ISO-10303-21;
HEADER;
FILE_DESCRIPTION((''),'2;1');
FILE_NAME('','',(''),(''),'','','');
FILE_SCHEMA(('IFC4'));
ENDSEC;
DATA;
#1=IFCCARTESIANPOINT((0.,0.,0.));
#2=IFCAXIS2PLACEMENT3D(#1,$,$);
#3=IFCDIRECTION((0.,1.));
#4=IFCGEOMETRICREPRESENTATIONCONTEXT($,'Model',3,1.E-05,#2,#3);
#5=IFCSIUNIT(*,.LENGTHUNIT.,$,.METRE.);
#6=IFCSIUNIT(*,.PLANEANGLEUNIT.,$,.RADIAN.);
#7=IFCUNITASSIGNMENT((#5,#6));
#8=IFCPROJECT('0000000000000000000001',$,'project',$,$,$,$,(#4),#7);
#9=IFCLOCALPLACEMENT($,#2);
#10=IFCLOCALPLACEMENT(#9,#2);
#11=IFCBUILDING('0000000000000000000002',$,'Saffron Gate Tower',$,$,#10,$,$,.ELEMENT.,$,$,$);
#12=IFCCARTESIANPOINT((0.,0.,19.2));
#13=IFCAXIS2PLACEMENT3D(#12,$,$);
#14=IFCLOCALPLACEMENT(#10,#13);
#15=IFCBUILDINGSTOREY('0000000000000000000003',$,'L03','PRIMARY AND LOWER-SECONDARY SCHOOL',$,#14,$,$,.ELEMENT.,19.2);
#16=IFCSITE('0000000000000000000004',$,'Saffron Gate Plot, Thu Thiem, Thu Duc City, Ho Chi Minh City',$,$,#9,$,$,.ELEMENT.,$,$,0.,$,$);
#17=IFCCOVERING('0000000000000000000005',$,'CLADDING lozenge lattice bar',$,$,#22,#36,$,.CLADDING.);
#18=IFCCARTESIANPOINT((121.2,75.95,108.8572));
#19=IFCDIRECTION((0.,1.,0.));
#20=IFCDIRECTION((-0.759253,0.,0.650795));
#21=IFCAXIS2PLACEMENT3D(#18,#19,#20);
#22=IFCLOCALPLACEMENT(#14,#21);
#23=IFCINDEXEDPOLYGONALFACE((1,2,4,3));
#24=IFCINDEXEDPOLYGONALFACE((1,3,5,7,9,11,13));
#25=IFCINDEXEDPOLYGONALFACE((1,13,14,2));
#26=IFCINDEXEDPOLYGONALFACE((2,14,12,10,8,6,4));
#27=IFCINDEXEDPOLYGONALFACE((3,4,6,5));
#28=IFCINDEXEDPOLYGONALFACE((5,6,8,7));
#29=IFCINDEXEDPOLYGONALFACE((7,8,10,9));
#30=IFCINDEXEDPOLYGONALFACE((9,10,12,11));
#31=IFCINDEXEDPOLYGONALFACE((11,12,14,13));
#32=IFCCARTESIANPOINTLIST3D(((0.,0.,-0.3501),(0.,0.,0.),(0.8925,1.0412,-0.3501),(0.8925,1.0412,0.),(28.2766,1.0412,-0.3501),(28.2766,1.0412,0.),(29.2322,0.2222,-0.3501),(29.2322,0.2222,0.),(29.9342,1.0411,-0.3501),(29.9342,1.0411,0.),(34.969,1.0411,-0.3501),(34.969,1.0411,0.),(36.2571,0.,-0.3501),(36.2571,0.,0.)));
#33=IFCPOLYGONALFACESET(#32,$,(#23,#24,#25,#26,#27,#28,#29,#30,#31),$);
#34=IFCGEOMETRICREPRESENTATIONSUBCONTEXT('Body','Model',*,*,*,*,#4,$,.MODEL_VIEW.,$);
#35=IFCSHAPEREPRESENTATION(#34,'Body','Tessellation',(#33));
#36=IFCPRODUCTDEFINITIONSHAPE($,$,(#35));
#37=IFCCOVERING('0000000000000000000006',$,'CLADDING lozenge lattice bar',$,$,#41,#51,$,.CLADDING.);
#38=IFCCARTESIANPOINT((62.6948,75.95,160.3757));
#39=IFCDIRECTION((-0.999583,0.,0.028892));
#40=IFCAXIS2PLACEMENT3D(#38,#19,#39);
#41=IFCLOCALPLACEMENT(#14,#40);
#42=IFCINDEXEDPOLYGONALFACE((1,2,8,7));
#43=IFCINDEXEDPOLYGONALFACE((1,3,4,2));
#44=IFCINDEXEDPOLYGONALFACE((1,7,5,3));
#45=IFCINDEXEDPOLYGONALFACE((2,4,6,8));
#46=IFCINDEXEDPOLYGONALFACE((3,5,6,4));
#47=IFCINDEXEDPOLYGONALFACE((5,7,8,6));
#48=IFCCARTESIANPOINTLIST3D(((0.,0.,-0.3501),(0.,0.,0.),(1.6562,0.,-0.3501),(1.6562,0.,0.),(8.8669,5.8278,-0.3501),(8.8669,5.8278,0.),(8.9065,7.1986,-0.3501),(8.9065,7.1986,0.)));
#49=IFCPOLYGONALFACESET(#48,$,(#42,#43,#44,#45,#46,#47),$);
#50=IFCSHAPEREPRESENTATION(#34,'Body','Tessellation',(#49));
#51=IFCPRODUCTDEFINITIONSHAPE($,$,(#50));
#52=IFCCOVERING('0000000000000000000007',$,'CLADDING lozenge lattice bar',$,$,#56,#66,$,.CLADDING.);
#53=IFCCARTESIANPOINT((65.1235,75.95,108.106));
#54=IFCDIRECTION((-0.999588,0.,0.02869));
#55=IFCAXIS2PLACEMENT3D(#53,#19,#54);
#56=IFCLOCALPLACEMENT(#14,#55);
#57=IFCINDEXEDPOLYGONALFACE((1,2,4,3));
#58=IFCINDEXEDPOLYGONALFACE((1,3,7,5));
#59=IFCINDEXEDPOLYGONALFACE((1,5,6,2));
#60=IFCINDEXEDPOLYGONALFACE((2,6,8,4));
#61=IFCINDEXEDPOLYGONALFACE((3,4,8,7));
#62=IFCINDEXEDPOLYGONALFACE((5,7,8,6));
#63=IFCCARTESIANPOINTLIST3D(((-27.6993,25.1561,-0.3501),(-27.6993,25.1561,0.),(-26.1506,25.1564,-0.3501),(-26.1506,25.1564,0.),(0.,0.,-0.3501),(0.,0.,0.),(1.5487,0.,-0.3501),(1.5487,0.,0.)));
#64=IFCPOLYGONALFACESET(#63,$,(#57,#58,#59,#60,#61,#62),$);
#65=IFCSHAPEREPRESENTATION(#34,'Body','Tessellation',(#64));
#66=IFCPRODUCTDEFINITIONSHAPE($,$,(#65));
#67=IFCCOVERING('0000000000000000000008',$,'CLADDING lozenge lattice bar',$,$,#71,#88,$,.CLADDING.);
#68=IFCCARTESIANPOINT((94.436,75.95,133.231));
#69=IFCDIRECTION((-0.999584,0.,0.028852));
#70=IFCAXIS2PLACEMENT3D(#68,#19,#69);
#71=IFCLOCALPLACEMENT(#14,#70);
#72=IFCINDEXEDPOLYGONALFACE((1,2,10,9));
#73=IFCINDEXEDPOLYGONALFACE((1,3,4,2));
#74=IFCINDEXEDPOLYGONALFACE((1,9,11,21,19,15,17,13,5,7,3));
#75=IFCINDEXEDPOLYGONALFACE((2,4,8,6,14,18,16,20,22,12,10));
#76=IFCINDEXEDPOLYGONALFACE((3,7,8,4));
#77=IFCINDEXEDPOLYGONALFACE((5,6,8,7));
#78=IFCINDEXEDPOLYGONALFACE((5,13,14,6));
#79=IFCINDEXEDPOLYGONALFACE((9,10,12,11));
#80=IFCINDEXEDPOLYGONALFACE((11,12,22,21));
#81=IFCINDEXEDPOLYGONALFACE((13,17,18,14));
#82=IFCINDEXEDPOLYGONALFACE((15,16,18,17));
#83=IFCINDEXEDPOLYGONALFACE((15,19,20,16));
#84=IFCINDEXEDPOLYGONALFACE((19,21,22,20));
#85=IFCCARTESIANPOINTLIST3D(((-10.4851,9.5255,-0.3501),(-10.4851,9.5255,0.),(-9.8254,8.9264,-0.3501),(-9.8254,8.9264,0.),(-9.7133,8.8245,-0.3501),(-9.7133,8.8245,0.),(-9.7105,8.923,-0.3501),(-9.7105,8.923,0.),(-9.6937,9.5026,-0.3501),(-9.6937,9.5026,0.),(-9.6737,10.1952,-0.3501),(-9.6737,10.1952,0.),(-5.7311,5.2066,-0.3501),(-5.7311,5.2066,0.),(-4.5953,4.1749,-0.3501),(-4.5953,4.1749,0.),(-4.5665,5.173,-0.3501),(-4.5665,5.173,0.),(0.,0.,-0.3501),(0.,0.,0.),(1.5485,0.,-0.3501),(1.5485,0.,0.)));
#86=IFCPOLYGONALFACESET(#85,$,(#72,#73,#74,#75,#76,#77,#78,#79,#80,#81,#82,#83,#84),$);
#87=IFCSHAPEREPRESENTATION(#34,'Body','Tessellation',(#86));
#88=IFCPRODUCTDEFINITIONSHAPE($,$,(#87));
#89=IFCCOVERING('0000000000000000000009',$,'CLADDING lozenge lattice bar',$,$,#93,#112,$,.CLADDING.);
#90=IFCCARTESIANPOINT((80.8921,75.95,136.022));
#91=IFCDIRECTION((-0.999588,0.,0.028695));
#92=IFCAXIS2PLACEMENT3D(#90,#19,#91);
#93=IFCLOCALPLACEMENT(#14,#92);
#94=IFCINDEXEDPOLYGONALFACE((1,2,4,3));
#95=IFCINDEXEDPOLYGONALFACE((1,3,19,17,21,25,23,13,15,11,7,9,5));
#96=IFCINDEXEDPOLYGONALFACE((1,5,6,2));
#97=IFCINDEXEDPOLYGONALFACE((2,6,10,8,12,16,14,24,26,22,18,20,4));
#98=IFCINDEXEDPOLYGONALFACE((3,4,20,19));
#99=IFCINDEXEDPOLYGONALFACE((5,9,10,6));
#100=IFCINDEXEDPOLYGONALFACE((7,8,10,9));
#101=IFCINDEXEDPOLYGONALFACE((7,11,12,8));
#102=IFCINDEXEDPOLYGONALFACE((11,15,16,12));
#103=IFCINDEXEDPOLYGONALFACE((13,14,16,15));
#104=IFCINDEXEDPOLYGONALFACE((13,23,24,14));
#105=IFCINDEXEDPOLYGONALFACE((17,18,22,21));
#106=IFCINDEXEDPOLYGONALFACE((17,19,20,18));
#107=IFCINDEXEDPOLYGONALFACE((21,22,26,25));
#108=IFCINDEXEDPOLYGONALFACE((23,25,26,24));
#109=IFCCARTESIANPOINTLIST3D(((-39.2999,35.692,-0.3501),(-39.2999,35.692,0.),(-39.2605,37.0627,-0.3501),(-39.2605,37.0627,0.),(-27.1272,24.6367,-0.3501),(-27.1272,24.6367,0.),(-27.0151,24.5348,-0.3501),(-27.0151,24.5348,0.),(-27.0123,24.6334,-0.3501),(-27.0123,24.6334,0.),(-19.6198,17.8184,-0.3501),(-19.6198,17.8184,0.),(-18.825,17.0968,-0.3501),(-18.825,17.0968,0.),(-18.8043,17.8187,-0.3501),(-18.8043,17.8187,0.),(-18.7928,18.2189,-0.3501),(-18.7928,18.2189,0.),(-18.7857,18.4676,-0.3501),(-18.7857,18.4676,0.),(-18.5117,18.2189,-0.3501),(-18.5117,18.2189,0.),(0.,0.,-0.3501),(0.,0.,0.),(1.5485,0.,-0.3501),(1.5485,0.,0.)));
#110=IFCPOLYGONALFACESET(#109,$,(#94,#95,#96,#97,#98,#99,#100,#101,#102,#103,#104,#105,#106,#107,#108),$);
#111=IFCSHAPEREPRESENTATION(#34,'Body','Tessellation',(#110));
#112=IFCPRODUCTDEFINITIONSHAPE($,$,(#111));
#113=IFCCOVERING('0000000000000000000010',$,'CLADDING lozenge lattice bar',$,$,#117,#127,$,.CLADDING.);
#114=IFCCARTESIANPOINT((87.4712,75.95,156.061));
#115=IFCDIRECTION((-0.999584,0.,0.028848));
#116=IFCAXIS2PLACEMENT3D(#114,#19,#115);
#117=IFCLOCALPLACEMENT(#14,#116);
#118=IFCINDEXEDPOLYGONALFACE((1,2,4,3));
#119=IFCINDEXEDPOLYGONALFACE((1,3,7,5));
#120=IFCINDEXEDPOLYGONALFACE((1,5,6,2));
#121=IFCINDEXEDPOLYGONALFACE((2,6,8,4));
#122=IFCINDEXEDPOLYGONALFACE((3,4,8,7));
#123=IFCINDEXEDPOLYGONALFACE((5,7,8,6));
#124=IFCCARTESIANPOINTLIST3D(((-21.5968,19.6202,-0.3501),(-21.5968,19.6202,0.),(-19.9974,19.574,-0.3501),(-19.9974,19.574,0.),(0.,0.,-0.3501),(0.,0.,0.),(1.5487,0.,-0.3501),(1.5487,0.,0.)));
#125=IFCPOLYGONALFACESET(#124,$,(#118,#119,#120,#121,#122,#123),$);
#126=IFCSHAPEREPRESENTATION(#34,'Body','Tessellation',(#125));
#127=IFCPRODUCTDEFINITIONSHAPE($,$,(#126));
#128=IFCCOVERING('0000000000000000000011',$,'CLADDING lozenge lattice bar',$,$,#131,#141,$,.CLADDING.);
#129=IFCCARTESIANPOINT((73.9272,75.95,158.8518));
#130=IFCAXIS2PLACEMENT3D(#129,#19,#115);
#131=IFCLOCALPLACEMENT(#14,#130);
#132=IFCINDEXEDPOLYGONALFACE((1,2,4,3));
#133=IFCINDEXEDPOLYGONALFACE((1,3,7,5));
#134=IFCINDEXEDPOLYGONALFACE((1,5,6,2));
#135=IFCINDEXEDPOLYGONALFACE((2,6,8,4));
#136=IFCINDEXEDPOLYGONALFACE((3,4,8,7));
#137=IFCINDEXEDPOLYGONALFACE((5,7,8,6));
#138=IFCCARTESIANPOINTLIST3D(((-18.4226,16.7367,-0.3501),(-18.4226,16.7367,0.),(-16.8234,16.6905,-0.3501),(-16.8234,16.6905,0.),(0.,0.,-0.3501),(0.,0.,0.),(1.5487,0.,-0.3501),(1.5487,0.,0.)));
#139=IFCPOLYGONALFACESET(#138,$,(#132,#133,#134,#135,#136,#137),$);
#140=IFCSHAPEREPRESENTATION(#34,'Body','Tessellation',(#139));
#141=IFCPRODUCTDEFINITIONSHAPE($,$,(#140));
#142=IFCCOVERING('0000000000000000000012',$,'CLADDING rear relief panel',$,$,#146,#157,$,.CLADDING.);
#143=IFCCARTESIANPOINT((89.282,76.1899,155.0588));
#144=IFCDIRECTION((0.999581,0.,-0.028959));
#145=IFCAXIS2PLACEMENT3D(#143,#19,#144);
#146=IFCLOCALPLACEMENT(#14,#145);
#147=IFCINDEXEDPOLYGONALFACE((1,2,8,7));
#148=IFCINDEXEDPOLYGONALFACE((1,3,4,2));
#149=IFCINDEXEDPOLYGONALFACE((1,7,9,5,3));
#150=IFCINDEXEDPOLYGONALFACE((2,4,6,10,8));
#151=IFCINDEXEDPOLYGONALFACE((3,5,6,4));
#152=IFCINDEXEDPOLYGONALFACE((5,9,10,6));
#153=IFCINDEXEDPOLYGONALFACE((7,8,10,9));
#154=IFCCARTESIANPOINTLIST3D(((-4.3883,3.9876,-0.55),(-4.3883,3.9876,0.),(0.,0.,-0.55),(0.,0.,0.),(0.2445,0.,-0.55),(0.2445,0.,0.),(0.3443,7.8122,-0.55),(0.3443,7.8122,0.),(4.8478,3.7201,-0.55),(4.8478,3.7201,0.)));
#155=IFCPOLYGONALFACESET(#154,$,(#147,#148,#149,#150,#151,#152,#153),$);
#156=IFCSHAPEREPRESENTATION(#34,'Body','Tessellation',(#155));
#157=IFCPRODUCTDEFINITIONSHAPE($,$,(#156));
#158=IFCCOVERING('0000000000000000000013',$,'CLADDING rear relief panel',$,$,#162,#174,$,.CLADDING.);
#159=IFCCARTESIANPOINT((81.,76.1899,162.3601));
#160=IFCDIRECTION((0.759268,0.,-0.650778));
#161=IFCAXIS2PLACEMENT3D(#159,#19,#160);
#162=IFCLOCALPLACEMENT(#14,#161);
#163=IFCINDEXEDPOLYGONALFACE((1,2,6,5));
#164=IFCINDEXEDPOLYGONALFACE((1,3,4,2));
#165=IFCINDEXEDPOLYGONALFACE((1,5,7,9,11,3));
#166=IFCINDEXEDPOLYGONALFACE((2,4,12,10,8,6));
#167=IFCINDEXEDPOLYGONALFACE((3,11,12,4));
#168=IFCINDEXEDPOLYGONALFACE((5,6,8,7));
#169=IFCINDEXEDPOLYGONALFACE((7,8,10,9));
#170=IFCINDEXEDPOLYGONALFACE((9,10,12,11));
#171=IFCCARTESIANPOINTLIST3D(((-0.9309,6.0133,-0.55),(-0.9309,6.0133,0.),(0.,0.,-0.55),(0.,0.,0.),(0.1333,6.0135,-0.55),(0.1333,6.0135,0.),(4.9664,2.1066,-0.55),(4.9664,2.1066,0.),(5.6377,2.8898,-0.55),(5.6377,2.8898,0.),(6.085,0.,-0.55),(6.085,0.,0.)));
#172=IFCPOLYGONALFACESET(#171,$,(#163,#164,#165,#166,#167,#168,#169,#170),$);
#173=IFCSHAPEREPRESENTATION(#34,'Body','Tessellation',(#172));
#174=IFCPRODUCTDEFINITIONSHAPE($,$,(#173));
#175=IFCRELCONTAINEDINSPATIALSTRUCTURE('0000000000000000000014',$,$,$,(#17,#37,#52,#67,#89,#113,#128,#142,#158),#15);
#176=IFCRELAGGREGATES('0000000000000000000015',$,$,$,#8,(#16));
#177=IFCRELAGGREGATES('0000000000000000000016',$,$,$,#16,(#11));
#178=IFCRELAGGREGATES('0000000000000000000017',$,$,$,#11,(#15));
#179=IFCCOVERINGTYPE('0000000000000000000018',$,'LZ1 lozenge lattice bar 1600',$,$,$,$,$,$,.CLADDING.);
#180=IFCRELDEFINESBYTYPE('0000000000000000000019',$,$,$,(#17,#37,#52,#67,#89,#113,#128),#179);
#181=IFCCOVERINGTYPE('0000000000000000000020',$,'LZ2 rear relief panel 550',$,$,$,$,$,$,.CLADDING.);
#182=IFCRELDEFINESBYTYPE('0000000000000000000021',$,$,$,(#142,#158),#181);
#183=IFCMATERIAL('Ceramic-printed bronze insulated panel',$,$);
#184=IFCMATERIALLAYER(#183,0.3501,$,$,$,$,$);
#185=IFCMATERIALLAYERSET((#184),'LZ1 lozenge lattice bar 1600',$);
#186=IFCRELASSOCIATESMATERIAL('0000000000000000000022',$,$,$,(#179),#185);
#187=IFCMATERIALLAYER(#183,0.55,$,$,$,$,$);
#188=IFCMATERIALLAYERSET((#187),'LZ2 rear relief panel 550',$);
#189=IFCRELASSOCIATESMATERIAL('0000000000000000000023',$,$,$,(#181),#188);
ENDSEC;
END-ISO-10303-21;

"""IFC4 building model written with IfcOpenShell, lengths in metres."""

from ifc_helpers import new_model, si_unit, direction, frame, origin, place, context, subcontext, project, spatial, polyline, outline, extrude, material, layer, layer_set, type_object, element, save


model = new_model("IFC4")

# Units and contexts
model_context = context("Model", 3, precision=1e-05, world=origin(), true_north=direction((0.0, 1.0)))
body_context = subcontext(model_context, "Body", "Model", "MODEL_VIEW")
ifc_project = project(units=[si_unit("LENGTHUNIT", "METRE"), si_unit("PLANEANGLEUNIT", "RADIAN")], contexts=[model_context])

# Site, building, storey
site_placement = place(None, origin())
site = spatial("IfcSite", under=ifc_project, at=site_placement, Name="Saffron Gate Plot, Thu Thiem, Thu Duc City, Ho Chi Minh City", CompositionType="ELEMENT", RefElevation=0.0)
building_placement = place(site_placement, origin())
building = spatial("IfcBuilding", under=site, at=building_placement, Name="Saffron Gate Tower", CompositionType="ELEMENT")
storey_placement = place(building_placement, frame((0.0, 0.0, 19.2)))
storey = spatial("IfcBuildingStorey", under=building, at=storey_placement, Name="L03", Description="PRIMARY AND LOWER-SECONDARY SCHOOL", CompositionType="ELEMENT", Elevation=19.2)

# Coverings
ifc_material = material(Name="Ceramic-printed bronze insulated panel")
ifc_layer_1 = layer(ifc_material, 0.3501)
ifc_layer_set_1 = layer_set([ifc_layer_1], Name="LZ1 lozenge lattice bar 1600")
covering_type_1 = type_object("IfcCoveringType", Name="LZ1 lozenge lattice bar 1600", PredefinedType="CLADDING", material=ifc_layer_set_1)
covering_1_placement = place(storey_placement, frame((121.2, 75.95, 108.8572), z_axis=(0.0, 1.0, 0.0), x_axis=(-0.759253, 0.0, 0.650795)))
element("IfcCovering", 1, at=covering_1_placement, inside=storey, type_object=covering_type_1, Name="CLADDING lozenge lattice bar", PredefinedType="CLADDING", context=body_context, shape_type="SweptSolid", body=[
    extrude(outline(polyline([(0.0, 0.0), (36.2571, 0.0), (34.969, 1.0411), (29.9342, 1.0411), (29.2322, 0.2222), (28.2766, 1.0412), (0.8925, 1.0412), (0.0, 0.0)])), origin(), (0.0, 0.0, -1.0), 0.3501),
])
covering_2_placement = place(storey_placement, frame((62.6948, 75.95, 160.3757), z_axis=(0.0, 1.0, 0.0), x_axis=(-0.999583, 0.0, 0.028892)))
element("IfcCovering", 2, at=covering_2_placement, inside=storey, type_object=covering_type_1, Name="CLADDING lozenge lattice bar", PredefinedType="CLADDING", context=body_context, shape_type="SweptSolid", body=[
    extrude(outline(polyline([(0.0, 0.0), (1.6562, 0.0), (8.8669, 5.8278), (8.9065, 7.1986), (0.0, 0.0)])), origin(), (0.0, 0.0, -1.0), 0.3501),
])
covering_3_placement = place(storey_placement, frame((65.1235, 75.95, 108.106), z_axis=(0.0, 1.0, 0.0), x_axis=(-0.999588, 0.0, 0.02869)))
element("IfcCovering", 3, at=covering_3_placement, inside=storey, type_object=covering_type_1, Name="CLADDING lozenge lattice bar", PredefinedType="CLADDING", context=body_context, shape_type="SweptSolid", body=[
    extrude(outline(polyline([(0.0, 0.0), (1.5487, 0.0), (-26.1506, 25.1564), (-27.6993, 25.1561), (0.0, 0.0)])), origin(), (0.0, 0.0, -1.0), 0.3501),
])
covering_4_placement = place(storey_placement, frame((94.436, 75.95, 133.231), z_axis=(0.0, 1.0, 0.0), x_axis=(-0.999584, 0.0, 0.028852)))
element("IfcCovering", 4, at=covering_4_placement, inside=storey, type_object=covering_type_1, Name="CLADDING lozenge lattice bar", PredefinedType="CLADDING", context=body_context, shape_type="SweptSolid", body=[
    extrude(outline(polyline([(0.0, 0.0), (1.5485, 0.0), (-9.6737, 10.1952), (-9.6937, 9.5026), (-10.4851, 9.5255), (-9.8254, 8.9264), (-9.7105, 8.923), (-9.7133, 8.8245), (-5.7311, 5.2066), (-4.5665, 5.173), (-4.5953, 4.1749), (0.0, 0.0)])), origin(), (0.0, 0.0, -1.0), 0.3501),
])
covering_5_placement = place(storey_placement, frame((80.8921, 75.95, 136.022), z_axis=(0.0, 1.0, 0.0), x_axis=(-0.999588, 0.0, 0.028695)))
element("IfcCovering", 5, at=covering_5_placement, inside=storey, type_object=covering_type_1, Name="CLADDING lozenge lattice bar", PredefinedType="CLADDING", context=body_context, shape_type="SweptSolid", body=[
    extrude(outline(polyline([(0.0, 0.0), (1.5485, 0.0), (-18.5117, 18.2189), (-18.7928, 18.2189), (-18.7857, 18.4676), (-39.2605, 37.0627), (-39.2999, 35.692), (-27.1272, 24.6367), (-27.0123, 24.6334), (-27.0151, 24.5348), (-19.6198, 17.8184), (-18.8043, 17.8187), (-18.825, 17.0968), (0.0, 0.0)])), origin(), (0.0, 0.0, -1.0), 0.3501),
])
covering_6_placement = place(storey_placement, frame((87.4712, 75.95, 156.061), z_axis=(0.0, 1.0, 0.0), x_axis=(-0.999584, 0.0, 0.028848)))
element("IfcCovering", 6, at=covering_6_placement, inside=storey, type_object=covering_type_1, Name="CLADDING lozenge lattice bar", PredefinedType="CLADDING", context=body_context, shape_type="SweptSolid", body=[
    extrude(outline(polyline([(0.0, 0.0), (1.5487, 0.0), (-19.9974, 19.574), (-21.5968, 19.6202), (0.0, 0.0)])), origin(), (0.0, 0.0, -1.0), 0.3501),
])
covering_7_placement = place(storey_placement, frame((73.9272, 75.95, 158.8518), z_axis=(0.0, 1.0, 0.0), x_axis=(-0.999584, 0.0, 0.028848)))
element("IfcCovering", 7, at=covering_7_placement, inside=storey, type_object=covering_type_1, Name="CLADDING lozenge lattice bar", PredefinedType="CLADDING", context=body_context, shape_type="SweptSolid", body=[
    extrude(outline(polyline([(0.0, 0.0), (1.5487, 0.0), (-16.8234, 16.6905), (-18.4226, 16.7367), (0.0, 0.0)])), origin(), (0.0, 0.0, -1.0), 0.3501),
])
ifc_layer_2 = layer(ifc_material, 0.55)
ifc_layer_set_2 = layer_set([ifc_layer_2], Name="LZ2 rear relief panel 550")
covering_type_2 = type_object("IfcCoveringType", Name="LZ2 rear relief panel 550", PredefinedType="CLADDING", material=ifc_layer_set_2)
covering_8_placement = place(storey_placement, frame((89.282, 76.1899, 155.0588), z_axis=(0.0, 1.0, 0.0), x_axis=(0.999581, 0.0, -0.028959)))
element("IfcCovering", 8, at=covering_8_placement, inside=storey, type_object=covering_type_2, Name="CLADDING rear relief panel", PredefinedType="CLADDING", context=body_context, shape_type="SweptSolid", body=[
    extrude(outline(polyline([(0.0, 0.0), (0.2445, 0.0), (4.8478, 3.7201), (0.3443, 7.8122), (-4.3883, 3.9876), (0.0, 0.0)])), origin(), (0.0, 0.0, -1.0), 0.55),
])
covering_9_placement = place(storey_placement, frame((81.0, 76.1899, 162.3601), z_axis=(0.0, 1.0, 0.0), x_axis=(0.759268, 0.0, -0.650778)))
element("IfcCovering", 9, at=covering_9_placement, inside=storey, type_object=covering_type_2, Name="CLADDING rear relief panel", PredefinedType="CLADDING", context=body_context, shape_type="SweptSolid", body=[
    extrude(outline(polyline([(0.0, 0.0), (6.085, 0.0), (5.6377, 2.8898), (4.9664, 2.1066), (0.1333, 6.0135), (-0.9309, 6.0133), (0.0, 0.0)])), origin(), (0.0, 0.0, -1.0), 0.55),
])

save(model, "model.ifc")
